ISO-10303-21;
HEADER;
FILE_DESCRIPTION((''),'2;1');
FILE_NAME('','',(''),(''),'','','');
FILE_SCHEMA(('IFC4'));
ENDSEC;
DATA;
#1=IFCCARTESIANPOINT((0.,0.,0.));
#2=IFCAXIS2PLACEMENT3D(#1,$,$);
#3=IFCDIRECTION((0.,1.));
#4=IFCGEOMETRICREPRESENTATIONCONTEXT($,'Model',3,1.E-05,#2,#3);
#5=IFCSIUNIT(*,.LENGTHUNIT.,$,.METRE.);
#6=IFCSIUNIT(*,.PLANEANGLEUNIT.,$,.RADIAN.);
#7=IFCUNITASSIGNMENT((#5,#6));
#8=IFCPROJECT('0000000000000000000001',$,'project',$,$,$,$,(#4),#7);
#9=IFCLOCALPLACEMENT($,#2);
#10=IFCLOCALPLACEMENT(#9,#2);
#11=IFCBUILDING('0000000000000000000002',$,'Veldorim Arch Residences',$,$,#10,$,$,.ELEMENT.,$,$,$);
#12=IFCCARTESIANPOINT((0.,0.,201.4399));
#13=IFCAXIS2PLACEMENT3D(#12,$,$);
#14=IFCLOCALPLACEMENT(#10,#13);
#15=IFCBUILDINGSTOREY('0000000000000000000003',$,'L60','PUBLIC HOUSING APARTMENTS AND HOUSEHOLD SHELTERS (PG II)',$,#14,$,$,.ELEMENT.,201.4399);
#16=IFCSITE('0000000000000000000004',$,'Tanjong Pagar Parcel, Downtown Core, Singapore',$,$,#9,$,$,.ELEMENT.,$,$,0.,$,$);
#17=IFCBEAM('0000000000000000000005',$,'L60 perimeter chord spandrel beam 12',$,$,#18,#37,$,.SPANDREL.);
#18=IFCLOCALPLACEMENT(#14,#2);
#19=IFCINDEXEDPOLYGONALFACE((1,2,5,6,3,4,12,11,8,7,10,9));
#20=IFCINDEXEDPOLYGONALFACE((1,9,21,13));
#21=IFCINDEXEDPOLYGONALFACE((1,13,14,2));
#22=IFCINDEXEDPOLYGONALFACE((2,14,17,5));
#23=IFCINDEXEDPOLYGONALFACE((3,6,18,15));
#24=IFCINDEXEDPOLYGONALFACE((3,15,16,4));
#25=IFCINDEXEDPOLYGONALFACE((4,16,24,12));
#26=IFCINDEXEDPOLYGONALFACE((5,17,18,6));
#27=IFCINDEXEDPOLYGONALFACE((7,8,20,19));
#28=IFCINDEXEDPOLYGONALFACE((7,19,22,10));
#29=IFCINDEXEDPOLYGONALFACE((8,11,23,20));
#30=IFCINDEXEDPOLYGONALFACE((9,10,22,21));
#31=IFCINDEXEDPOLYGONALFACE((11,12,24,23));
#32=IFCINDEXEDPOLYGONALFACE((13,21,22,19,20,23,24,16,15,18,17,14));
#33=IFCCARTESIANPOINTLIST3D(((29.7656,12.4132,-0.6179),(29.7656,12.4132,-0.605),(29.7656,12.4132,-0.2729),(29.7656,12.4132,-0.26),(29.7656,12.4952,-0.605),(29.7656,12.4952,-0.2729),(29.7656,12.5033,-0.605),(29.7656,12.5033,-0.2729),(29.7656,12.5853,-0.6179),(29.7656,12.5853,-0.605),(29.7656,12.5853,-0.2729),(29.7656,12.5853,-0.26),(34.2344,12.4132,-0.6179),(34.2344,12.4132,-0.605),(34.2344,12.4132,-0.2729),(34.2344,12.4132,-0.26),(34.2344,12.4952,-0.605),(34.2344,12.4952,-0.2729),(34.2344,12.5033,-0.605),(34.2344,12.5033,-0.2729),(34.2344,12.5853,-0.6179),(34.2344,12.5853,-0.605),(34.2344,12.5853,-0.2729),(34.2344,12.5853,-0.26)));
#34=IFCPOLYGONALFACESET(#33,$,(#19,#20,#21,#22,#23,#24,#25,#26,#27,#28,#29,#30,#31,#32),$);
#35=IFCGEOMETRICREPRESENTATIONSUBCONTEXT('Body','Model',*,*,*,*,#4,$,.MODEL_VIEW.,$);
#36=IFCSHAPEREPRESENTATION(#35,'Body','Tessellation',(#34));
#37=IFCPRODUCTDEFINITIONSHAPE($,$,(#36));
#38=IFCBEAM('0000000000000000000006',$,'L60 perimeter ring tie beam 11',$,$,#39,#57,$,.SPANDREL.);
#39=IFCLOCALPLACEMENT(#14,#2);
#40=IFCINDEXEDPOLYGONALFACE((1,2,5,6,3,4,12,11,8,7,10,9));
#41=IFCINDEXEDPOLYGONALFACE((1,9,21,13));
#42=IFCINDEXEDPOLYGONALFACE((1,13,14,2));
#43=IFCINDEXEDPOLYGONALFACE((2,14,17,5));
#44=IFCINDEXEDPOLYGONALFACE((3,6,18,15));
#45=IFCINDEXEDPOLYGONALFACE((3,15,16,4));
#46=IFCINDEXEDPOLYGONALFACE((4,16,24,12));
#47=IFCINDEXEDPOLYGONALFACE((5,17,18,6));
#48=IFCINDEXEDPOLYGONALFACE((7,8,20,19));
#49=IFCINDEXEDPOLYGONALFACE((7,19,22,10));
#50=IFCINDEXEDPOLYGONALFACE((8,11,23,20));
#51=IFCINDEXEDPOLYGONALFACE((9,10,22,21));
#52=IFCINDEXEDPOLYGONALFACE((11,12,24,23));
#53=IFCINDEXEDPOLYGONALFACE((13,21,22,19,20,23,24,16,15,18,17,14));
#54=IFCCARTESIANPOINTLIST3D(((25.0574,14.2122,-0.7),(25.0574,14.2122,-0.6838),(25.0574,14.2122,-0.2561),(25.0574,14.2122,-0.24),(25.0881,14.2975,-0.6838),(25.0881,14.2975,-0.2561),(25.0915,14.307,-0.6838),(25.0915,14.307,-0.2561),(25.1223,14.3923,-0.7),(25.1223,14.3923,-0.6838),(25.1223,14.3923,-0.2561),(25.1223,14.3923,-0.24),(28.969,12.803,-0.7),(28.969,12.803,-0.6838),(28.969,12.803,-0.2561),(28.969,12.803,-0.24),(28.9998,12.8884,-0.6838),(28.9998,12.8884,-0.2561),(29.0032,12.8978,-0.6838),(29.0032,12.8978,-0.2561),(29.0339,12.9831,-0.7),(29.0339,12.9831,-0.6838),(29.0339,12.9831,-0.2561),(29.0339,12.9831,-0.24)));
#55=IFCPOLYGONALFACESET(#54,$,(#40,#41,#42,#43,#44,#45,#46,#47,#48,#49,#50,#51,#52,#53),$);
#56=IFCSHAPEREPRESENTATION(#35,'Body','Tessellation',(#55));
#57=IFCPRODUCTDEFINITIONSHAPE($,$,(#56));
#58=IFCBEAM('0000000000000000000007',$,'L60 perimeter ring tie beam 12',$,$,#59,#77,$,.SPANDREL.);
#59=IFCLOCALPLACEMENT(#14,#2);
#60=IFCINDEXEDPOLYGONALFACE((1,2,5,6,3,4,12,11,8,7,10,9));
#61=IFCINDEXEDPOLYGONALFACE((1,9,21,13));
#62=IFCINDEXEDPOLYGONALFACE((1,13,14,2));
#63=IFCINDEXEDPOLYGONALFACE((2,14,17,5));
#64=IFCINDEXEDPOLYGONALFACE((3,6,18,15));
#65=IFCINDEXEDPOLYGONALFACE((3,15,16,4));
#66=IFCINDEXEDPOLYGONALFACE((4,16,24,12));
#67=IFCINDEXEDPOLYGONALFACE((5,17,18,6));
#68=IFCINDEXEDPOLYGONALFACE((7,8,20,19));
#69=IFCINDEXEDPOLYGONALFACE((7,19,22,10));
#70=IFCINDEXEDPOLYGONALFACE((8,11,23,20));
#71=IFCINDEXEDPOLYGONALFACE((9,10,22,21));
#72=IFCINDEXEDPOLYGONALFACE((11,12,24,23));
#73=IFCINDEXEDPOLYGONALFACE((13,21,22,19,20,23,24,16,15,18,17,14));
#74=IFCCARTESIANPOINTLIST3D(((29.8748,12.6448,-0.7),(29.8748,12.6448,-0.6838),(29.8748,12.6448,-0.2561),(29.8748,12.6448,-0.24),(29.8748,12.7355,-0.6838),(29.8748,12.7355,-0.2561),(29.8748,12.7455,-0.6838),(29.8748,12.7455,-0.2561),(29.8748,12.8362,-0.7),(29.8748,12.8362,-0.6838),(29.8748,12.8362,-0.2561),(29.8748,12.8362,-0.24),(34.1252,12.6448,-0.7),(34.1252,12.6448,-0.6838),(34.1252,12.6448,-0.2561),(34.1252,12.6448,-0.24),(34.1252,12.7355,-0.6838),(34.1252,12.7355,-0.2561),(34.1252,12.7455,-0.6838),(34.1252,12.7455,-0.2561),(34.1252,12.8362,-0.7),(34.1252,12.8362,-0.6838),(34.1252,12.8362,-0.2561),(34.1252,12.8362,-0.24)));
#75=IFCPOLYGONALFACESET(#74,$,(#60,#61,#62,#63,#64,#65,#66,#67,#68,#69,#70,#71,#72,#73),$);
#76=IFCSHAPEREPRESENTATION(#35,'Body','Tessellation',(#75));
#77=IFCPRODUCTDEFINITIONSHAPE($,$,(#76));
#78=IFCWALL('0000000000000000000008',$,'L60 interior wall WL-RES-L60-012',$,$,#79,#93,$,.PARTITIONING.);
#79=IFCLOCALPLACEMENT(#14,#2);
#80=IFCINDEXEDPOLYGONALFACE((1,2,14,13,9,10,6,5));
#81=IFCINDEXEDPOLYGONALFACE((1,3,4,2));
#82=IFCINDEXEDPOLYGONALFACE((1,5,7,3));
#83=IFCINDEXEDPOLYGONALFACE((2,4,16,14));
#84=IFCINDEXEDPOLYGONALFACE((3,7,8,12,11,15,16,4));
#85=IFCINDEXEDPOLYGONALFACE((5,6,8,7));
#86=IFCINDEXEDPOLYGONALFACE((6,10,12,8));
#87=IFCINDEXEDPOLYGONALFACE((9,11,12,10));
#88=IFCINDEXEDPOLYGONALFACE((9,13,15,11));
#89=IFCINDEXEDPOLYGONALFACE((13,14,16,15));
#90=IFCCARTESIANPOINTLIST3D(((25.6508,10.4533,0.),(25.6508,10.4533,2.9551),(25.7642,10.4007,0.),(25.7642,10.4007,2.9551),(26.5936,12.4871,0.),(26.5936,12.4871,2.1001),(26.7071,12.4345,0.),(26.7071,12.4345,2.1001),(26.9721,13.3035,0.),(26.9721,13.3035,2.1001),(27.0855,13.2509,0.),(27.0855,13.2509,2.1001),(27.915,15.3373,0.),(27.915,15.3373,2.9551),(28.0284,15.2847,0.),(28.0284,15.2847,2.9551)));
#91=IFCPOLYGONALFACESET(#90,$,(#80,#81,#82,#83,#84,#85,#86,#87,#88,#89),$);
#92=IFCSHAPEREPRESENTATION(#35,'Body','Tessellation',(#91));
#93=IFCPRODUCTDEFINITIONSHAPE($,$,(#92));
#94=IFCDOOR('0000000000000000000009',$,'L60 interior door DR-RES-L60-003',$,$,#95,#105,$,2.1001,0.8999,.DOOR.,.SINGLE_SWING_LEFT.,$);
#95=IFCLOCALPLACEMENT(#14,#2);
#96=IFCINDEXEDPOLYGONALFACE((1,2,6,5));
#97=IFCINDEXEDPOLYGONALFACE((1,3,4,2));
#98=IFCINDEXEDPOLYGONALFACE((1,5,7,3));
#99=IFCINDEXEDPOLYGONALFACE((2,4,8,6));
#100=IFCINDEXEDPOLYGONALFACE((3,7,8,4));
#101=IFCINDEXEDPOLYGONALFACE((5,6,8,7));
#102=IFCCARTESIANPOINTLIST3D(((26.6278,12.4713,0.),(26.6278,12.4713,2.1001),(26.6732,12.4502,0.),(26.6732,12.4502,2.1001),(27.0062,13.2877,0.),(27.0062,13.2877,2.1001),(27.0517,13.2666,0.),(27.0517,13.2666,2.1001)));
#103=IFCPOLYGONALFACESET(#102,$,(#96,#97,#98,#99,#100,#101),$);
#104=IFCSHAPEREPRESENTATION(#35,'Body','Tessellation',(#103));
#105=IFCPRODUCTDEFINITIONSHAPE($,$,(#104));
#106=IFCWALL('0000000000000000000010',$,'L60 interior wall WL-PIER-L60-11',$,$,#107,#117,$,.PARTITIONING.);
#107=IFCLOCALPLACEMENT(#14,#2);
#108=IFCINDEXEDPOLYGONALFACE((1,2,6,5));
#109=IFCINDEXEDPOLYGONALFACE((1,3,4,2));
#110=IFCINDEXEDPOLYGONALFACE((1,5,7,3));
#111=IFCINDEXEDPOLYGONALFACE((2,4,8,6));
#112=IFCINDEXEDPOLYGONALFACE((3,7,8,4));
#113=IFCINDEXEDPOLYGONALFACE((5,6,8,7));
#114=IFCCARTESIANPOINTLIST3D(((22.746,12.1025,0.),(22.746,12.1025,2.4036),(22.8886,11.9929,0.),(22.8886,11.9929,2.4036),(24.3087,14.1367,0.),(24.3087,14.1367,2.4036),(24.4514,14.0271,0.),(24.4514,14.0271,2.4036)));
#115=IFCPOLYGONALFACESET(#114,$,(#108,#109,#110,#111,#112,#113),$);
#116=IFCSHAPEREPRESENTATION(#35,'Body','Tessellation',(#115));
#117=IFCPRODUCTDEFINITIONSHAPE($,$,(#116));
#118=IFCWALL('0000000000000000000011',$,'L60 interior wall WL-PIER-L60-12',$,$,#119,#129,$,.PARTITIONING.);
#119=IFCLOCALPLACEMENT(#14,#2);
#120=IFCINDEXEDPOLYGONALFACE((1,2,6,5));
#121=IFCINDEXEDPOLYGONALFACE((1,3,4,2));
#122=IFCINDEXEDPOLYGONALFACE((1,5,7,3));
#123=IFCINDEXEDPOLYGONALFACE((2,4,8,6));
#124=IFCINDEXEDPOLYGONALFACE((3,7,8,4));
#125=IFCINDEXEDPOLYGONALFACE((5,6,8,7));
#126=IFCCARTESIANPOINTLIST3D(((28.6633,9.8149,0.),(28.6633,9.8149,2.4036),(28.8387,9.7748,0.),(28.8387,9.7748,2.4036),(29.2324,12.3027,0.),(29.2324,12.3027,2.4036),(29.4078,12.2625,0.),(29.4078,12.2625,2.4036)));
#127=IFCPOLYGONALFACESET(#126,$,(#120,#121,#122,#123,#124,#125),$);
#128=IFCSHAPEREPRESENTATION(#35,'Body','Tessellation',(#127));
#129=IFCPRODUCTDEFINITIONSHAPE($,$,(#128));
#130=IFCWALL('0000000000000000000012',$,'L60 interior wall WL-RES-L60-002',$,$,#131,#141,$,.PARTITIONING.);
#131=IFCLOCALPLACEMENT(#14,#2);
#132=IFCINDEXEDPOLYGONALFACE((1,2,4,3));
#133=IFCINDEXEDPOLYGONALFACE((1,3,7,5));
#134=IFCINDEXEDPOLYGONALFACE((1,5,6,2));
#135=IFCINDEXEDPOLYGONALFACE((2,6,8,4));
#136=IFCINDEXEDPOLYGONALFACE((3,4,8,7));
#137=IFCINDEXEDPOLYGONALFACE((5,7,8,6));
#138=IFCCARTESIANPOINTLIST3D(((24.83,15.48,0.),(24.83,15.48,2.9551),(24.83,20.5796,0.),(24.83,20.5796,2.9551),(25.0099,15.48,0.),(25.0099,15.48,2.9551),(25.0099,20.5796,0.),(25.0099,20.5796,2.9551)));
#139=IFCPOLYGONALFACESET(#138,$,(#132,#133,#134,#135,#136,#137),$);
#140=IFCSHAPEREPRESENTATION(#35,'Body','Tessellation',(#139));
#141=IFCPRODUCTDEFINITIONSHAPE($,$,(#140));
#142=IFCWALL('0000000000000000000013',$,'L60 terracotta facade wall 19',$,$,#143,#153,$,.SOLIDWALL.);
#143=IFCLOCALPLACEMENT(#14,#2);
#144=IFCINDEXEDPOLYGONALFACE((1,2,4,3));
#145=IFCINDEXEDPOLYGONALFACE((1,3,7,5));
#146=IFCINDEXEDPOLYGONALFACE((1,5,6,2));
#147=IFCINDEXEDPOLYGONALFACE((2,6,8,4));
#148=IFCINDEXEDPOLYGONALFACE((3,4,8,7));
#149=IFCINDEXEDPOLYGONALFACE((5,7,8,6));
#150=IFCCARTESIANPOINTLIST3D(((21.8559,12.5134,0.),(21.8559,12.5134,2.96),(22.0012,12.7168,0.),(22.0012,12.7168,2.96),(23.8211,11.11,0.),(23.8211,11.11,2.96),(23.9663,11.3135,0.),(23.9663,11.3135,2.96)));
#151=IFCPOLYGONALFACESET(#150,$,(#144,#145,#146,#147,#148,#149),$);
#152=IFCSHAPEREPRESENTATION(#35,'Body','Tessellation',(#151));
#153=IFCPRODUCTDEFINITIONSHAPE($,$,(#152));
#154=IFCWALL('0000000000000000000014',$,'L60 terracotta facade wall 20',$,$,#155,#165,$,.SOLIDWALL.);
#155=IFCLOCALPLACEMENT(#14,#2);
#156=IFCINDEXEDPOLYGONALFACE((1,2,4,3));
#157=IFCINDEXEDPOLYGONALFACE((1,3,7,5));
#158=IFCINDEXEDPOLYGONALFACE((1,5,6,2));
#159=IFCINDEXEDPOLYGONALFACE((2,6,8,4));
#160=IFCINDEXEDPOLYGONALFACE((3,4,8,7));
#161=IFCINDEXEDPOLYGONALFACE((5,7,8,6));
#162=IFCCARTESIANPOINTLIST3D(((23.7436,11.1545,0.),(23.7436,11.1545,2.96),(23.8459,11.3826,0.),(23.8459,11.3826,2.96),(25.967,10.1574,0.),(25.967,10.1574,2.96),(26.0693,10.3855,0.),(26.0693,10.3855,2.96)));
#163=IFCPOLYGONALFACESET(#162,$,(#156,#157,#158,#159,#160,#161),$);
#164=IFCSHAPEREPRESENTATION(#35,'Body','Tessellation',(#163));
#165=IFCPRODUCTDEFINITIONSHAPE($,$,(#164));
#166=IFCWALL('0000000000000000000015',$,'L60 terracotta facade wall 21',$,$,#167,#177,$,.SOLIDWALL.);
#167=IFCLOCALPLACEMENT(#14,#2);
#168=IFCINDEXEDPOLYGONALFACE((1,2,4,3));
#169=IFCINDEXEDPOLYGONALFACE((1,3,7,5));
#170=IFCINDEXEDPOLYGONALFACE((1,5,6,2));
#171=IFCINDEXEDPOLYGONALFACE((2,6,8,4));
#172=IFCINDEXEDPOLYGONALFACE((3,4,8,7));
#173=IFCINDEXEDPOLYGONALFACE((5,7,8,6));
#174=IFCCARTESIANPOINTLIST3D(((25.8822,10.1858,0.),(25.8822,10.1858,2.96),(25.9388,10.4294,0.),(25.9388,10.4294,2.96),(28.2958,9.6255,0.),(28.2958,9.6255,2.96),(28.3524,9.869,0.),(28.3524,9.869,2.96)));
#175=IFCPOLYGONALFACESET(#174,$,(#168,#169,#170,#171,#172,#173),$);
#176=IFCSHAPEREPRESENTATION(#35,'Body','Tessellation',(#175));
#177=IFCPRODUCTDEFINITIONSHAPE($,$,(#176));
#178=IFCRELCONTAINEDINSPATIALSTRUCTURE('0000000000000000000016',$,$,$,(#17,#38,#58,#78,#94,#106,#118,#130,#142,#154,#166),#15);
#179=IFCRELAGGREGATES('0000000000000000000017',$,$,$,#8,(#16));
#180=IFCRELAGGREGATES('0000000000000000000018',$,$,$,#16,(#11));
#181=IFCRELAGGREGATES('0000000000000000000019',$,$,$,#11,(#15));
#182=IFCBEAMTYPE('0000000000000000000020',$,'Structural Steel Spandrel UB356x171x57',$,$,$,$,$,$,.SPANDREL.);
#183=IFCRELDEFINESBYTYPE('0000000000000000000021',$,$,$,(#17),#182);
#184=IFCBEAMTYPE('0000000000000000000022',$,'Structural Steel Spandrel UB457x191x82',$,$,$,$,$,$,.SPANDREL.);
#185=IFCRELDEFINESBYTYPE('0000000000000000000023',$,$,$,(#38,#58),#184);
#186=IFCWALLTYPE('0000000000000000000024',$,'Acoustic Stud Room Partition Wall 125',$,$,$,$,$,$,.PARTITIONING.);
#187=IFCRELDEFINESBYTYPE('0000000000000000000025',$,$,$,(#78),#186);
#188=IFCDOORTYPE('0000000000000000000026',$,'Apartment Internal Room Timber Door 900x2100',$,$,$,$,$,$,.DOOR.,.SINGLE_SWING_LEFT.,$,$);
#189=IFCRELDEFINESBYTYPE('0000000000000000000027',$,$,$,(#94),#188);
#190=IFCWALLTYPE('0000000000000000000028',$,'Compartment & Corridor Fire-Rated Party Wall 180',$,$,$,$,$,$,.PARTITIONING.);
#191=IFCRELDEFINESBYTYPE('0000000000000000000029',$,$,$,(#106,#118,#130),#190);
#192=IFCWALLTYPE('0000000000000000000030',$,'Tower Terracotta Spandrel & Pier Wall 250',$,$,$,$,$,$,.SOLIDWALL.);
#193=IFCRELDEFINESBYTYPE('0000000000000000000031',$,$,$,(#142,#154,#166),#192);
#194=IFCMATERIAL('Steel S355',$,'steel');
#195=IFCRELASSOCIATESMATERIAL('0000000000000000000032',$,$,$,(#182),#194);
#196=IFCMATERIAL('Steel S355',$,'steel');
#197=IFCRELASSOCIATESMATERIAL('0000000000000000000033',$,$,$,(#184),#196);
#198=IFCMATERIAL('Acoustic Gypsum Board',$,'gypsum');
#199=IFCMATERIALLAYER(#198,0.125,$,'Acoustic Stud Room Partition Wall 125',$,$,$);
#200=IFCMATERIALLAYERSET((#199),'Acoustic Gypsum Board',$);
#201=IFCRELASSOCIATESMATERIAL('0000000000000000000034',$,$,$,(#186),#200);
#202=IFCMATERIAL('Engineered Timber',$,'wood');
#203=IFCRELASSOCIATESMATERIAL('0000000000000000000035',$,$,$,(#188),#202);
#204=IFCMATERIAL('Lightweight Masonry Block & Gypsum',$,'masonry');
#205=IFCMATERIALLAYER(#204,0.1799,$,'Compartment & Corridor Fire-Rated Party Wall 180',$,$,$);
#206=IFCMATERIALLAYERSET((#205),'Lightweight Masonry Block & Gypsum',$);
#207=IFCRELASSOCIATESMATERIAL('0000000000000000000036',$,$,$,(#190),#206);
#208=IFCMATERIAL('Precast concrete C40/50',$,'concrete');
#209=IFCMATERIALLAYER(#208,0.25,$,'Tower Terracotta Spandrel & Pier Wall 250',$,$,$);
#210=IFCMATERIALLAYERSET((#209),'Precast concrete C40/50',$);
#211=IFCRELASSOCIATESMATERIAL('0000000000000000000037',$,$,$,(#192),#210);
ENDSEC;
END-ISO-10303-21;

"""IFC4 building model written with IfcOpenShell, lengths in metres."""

from ifc_helpers import new_model, si_unit, direction, frame, frame_2d, origin, origin_2d, place, context, subcontext, project, spatial, rectangle, i_section, extrude, material, layer, layer_set, material_profile, profile_set, type_object, element, fill, save


model = new_model("IFC4")

# Units and contexts
model_context = context("Model", 3, precision=1e-05, world=origin(), true_north=direction((0.0, 1.0)))
body_context = subcontext(model_context, "Body", "Model", "MODEL_VIEW")
ifc_project = project(units=[si_unit("LENGTHUNIT", "METRE"), si_unit("PLANEANGLEUNIT", "RADIAN")], contexts=[model_context])

# Site, building, storey
site_placement = place(None, origin())
site = spatial("IfcSite", under=ifc_project, at=site_placement, Name="Tanjong Pagar Parcel, Downtown Core, Singapore", CompositionType="ELEMENT", RefElevation=0.0)
building_placement = place(site_placement, origin())
building = spatial("IfcBuilding", under=site, at=building_placement, Name="Veldorim Arch Residences", CompositionType="ELEMENT")
storey_placement = place(building_placement, frame((0.0, 0.0, 201.4399)))
storey = spatial("IfcBuildingStorey", under=building, at=storey_placement, Name="L60", Description="PUBLIC HOUSING APARTMENTS AND HOUSEHOLD SHELTERS (PG II)", CompositionType="ELEMENT", Elevation=201.4399)

# Beams
ifc_material_1 = material(Name="Steel S355", Category="steel")
ifc_material_profile_1 = material_profile(ifc_material_1, i_section(OverallWidth=0.1721, OverallDepth=0.3579, WebThickness=0.0081, FlangeThickness=0.0129, at=origin_2d()), Name="UB356x171x57")
ifc_profile_set_1 = profile_set([ifc_material_profile_1], Name="Steel S355")
beam_type_1 = type_object("IfcBeamType", Name="Structural Steel Spandrel UB356x171x57", PredefinedType="SPANDREL", material=ifc_profile_set_1)
beam_1_placement = place(storey_placement, frame((29.7656, 12.4993, -0.439), z_axis=(1.0, 0.0, 0.0), x_axis=(0.0, 1.0, 0.0)))
element("IfcBeam", 1, at=beam_1_placement, inside=storey, type_object=beam_type_1, Name="L60 perimeter chord spandrel beam 12", PredefinedType="SPANDREL", context=body_context, shape_type="SweptSolid", body=[
    extrude(i_section(OverallWidth=0.1721, OverallDepth=0.3579, WebThickness=0.0081, FlangeThickness=0.0129, at=origin_2d()), origin(), (0.0, 0.0, 1.0), 4.4688),
])
ifc_material_2 = material(Name="Steel S355", Category="steel")
ifc_material_profile_2 = material_profile(ifc_material_2, i_section(OverallWidth=0.1914, OverallDepth=0.46, WebThickness=0.01, FlangeThickness=0.0161, at=origin_2d()), Name="UB457x191x82")
ifc_profile_set_2 = profile_set([ifc_material_profile_2], Name="Steel S355")
beam_type_2 = type_object("IfcBeamType", Name="Structural Steel Spandrel UB457x191x82", PredefinedType="SPANDREL", material=ifc_profile_set_2)
beam_2_placement = place(storey_placement, frame((25.0898, 14.3022, -0.47), z_axis=(0.940811, -0.338932, 0.0), x_axis=(0.338932, 0.940811, 0.0)))
element("IfcBeam", 2, at=beam_2_placement, inside=storey, type_object=beam_type_2, Name="L60 perimeter ring tie beam 11", PredefinedType="SPANDREL", context=body_context, shape_type="SweptSolid", body=[
    extrude(i_section(OverallWidth=0.1914, OverallDepth=0.46, WebThickness=0.01, FlangeThickness=0.0161, at=origin_2d()), origin(), (0.0, 0.0, 1.0), 4.1577),
])
beam_3_placement = place(storey_placement, frame((29.8748, 12.7405, -0.47), z_axis=(1.0, 0.0, 0.0), x_axis=(0.0, 1.0, 0.0)))
element("IfcBeam", 3, at=beam_3_placement, inside=storey, type_object=beam_type_2, Name="L60 perimeter ring tie beam 12", PredefinedType="SPANDREL", context=body_context, shape_type="SweptSolid", body=[
    extrude(i_section(OverallWidth=0.1914, OverallDepth=0.46, WebThickness=0.01, FlangeThickness=0.0161, at=origin_2d()), origin(), (0.0, 0.0, 1.0), 4.2505),
])

# Wall, opening, door
ifc_material_3 = material(Name="Acoustic Gypsum Board", Category="gypsum")
ifc_layer_1 = layer(ifc_material_3, 0.125, Name="Acoustic Stud Room Partition Wall 125")
ifc_layer_set_1 = layer_set([ifc_layer_1], Name="Acoustic Gypsum Board")
wall_type_1 = type_object("IfcWallType", Name="Acoustic Stud Room Partition Wall 125", PredefinedType="PARTITIONING", material=ifc_layer_set_1)
wall_1_placement = place(storey_placement, frame((25.7075, 10.427, 0.0), z_axis=(0.0, 0.0, 1.0), x_axis=(0.420588, 0.907252, 0.0)))
wall_1 = element("IfcWall", 4, at=wall_1_placement, inside=storey, type_object=wall_type_1, Name="L60 interior wall WL-RES-L60-012", PredefinedType="PARTITIONING", context=body_context, shape_type="SweptSolid", body=[
    extrude(rectangle(XDim=5.3833, YDim=0.125, at=frame_2d((2.6917, 0.0))), origin(), (0.0, 0.0, 1.0), 2.9551),
])
opening_1_placement = place(wall_1_placement, frame((2.2417, 0.0, 0.0)))
opening_1 = element("IfcOpeningElement", 5, at=opening_1_placement, cuts=wall_1, PredefinedType="OPENING", context=body_context, shape_type="SweptSolid", body=[
    extrude(rectangle(XDim=0.8999, YDim=2.1001, at=frame_2d((0.45, 1.05))), frame((0.0, 0.0725, 0.0), z_axis=(0.0, -1.0, 0.0), x_axis=(1.0, 0.0, 0.0)), (0.0, 0.0, 1.0), 0.145),
])
ifc_material_4 = material(Name="Engineered Timber", Category="wood")
door_type_1 = type_object("IfcDoorType", Name="Apartment Internal Room Timber Door 900x2100", OperationType="SINGLE_SWING_LEFT", PredefinedType="DOOR", material=ifc_material_4)
door_1_placement = place(opening_1_placement, origin())
door_1 = element("IfcDoor", 6, at=door_1_placement, inside=storey, type_object=door_type_1, Name="L60 interior door DR-RES-L60-003", OperationType="SINGLE_SWING_LEFT", OverallHeight=2.1001, OverallWidth=0.8999, PredefinedType="DOOR", context=body_context, shape_type="SweptSolid", body=[
    extrude(rectangle(XDim=0.8999, YDim=2.1001, at=frame_2d((0.45, 1.05))), frame((0.0, 0.0249, 0.0), z_axis=(0.0, -1.0, 0.0), x_axis=(1.0, 0.0, 0.0)), (0.0, 0.0, 1.0), 0.05),
])
fill(opening_1, door_1)

# Walls
ifc_material_5 = material(Name="Lightweight Masonry Block & Gypsum", Category="masonry")
ifc_layer_2 = layer(ifc_material_5, 0.1799, Name="Compartment & Corridor Fire-Rated Party Wall 180")
ifc_layer_set_2 = layer_set([ifc_layer_2], Name="Lightweight Masonry Block & Gypsum")
wall_type_2 = type_object("IfcWallType", Name="Compartment & Corridor Fire-Rated Party Wall 180", PredefinedType="PARTITIONING", material=ifc_layer_set_2)
wall_2_placement = place(storey_placement, frame((24.3801, 14.082, 0.0), z_axis=(0.0, 0.0, 1.0), x_axis=(-0.609218, -0.793002, 0.0)))
element("IfcWall", 7, at=wall_2_placement, inside=storey, type_object=wall_type_2, Name="L60 interior wall WL-PIER-L60-11", PredefinedType="PARTITIONING", context=body_context, shape_type="SweptSolid", body=[
    extrude(rectangle(XDim=2.5652, YDim=0.1799, at=frame_2d((1.2827, 0.0))), origin(), (0.0, 0.0, 1.0), 2.4036),
])
wall_3_placement = place(storey_placement, frame((29.3201, 12.2825, 0.0), z_axis=(0.0, 0.0, 1.0), x_axis=(-0.222994, -0.97482, 0.0)))
element("IfcWall", 8, at=wall_3_placement, inside=storey, type_object=wall_type_2, Name="L60 interior wall WL-PIER-L60-12", PredefinedType="PARTITIONING", context=body_context, shape_type="SweptSolid", body=[
    extrude(rectangle(XDim=2.552, YDim=0.1799, at=frame_2d((1.2759, 0.0))), origin(), (0.0, 0.0, 1.0), 2.4036),
])
wall_4_placement = place(storey_placement, frame((24.9199, 15.48, 0.0), z_axis=(0.0, 0.0, 1.0), x_axis=(0.0, 1.0, 0.0)))
element("IfcWall", 9, at=wall_4_placement, inside=storey, type_object=wall_type_2, Name="L60 interior wall WL-RES-L60-002", PredefinedType="PARTITIONING", context=body_context, shape_type="SweptSolid", body=[
    extrude(rectangle(XDim=5.0996, YDim=0.1799, at=frame_2d((2.5498, 0.0))), origin(), (0.0, 0.0, 1.0), 2.9551),
])
ifc_material_6 = material(Name="Precast concrete C40/50", Category="concrete")
ifc_layer_3 = layer(ifc_material_6, 0.25, Name="Tower Terracotta Spandrel & Pier Wall 250")
ifc_layer_set_3 = layer_set([ifc_layer_3], Name="Precast concrete C40/50")
wall_type_3 = type_object("IfcWallType", Name="Tower Terracotta Spandrel & Pier Wall 250", PredefinedType="SOLIDWALL", material=ifc_layer_set_3)
wall_5_placement = place(storey_placement, frame((23.8938, 11.2117, 0.0), z_axis=(0.0, 0.0, 1.0), x_axis=(-0.813795, 0.581152, 0.0)))
element("IfcWall", 10, at=wall_5_placement, inside=storey, type_object=wall_type_3, Name="L60 terracotta facade wall 19", PredefinedType="SOLIDWALL", context=body_context, shape_type="SweptSolid", body=[
    extrude(rectangle(XDim=2.4148, YDim=0.25, at=frame_2d((1.2075, 0.0))), origin(), (0.0, 0.0, 1.0), 2.96),
])
wall_6_placement = place(storey_placement, frame((26.0181, 10.2715, 0.0), z_axis=(0.0, 0.0, 1.0), x_axis=(-0.912451, 0.409185, 0.0)))
element("IfcWall", 11, at=wall_6_placement, inside=storey, type_object=wall_type_3, Name="L60 terracotta facade wall 20", PredefinedType="SOLIDWALL", context=body_context, shape_type="SweptSolid", body=[
    extrude(rectangle(XDim=2.4368, YDim=0.25, at=frame_2d((1.2183, 0.0))), origin(), (0.0, 0.0, 1.0), 2.96),
])
wall_7_placement = place(storey_placement, frame((28.324, 9.7473, 0.0), z_axis=(0.0, 0.0, 1.0), x_axis=(-0.974096, 0.226133, 0.0)))
element("IfcWall", 12, at=wall_7_placement, inside=storey, type_object=wall_type_3, Name="L60 terracotta facade wall 21", PredefinedType="SOLIDWALL", context=body_context, shape_type="SweptSolid", body=[
    extrude(rectangle(XDim=2.4778, YDim=0.25, at=frame_2d((1.2388, 0.0))), origin(), (0.0, 0.0, 1.0), 2.96),
])

save(model, "model.ifc")
